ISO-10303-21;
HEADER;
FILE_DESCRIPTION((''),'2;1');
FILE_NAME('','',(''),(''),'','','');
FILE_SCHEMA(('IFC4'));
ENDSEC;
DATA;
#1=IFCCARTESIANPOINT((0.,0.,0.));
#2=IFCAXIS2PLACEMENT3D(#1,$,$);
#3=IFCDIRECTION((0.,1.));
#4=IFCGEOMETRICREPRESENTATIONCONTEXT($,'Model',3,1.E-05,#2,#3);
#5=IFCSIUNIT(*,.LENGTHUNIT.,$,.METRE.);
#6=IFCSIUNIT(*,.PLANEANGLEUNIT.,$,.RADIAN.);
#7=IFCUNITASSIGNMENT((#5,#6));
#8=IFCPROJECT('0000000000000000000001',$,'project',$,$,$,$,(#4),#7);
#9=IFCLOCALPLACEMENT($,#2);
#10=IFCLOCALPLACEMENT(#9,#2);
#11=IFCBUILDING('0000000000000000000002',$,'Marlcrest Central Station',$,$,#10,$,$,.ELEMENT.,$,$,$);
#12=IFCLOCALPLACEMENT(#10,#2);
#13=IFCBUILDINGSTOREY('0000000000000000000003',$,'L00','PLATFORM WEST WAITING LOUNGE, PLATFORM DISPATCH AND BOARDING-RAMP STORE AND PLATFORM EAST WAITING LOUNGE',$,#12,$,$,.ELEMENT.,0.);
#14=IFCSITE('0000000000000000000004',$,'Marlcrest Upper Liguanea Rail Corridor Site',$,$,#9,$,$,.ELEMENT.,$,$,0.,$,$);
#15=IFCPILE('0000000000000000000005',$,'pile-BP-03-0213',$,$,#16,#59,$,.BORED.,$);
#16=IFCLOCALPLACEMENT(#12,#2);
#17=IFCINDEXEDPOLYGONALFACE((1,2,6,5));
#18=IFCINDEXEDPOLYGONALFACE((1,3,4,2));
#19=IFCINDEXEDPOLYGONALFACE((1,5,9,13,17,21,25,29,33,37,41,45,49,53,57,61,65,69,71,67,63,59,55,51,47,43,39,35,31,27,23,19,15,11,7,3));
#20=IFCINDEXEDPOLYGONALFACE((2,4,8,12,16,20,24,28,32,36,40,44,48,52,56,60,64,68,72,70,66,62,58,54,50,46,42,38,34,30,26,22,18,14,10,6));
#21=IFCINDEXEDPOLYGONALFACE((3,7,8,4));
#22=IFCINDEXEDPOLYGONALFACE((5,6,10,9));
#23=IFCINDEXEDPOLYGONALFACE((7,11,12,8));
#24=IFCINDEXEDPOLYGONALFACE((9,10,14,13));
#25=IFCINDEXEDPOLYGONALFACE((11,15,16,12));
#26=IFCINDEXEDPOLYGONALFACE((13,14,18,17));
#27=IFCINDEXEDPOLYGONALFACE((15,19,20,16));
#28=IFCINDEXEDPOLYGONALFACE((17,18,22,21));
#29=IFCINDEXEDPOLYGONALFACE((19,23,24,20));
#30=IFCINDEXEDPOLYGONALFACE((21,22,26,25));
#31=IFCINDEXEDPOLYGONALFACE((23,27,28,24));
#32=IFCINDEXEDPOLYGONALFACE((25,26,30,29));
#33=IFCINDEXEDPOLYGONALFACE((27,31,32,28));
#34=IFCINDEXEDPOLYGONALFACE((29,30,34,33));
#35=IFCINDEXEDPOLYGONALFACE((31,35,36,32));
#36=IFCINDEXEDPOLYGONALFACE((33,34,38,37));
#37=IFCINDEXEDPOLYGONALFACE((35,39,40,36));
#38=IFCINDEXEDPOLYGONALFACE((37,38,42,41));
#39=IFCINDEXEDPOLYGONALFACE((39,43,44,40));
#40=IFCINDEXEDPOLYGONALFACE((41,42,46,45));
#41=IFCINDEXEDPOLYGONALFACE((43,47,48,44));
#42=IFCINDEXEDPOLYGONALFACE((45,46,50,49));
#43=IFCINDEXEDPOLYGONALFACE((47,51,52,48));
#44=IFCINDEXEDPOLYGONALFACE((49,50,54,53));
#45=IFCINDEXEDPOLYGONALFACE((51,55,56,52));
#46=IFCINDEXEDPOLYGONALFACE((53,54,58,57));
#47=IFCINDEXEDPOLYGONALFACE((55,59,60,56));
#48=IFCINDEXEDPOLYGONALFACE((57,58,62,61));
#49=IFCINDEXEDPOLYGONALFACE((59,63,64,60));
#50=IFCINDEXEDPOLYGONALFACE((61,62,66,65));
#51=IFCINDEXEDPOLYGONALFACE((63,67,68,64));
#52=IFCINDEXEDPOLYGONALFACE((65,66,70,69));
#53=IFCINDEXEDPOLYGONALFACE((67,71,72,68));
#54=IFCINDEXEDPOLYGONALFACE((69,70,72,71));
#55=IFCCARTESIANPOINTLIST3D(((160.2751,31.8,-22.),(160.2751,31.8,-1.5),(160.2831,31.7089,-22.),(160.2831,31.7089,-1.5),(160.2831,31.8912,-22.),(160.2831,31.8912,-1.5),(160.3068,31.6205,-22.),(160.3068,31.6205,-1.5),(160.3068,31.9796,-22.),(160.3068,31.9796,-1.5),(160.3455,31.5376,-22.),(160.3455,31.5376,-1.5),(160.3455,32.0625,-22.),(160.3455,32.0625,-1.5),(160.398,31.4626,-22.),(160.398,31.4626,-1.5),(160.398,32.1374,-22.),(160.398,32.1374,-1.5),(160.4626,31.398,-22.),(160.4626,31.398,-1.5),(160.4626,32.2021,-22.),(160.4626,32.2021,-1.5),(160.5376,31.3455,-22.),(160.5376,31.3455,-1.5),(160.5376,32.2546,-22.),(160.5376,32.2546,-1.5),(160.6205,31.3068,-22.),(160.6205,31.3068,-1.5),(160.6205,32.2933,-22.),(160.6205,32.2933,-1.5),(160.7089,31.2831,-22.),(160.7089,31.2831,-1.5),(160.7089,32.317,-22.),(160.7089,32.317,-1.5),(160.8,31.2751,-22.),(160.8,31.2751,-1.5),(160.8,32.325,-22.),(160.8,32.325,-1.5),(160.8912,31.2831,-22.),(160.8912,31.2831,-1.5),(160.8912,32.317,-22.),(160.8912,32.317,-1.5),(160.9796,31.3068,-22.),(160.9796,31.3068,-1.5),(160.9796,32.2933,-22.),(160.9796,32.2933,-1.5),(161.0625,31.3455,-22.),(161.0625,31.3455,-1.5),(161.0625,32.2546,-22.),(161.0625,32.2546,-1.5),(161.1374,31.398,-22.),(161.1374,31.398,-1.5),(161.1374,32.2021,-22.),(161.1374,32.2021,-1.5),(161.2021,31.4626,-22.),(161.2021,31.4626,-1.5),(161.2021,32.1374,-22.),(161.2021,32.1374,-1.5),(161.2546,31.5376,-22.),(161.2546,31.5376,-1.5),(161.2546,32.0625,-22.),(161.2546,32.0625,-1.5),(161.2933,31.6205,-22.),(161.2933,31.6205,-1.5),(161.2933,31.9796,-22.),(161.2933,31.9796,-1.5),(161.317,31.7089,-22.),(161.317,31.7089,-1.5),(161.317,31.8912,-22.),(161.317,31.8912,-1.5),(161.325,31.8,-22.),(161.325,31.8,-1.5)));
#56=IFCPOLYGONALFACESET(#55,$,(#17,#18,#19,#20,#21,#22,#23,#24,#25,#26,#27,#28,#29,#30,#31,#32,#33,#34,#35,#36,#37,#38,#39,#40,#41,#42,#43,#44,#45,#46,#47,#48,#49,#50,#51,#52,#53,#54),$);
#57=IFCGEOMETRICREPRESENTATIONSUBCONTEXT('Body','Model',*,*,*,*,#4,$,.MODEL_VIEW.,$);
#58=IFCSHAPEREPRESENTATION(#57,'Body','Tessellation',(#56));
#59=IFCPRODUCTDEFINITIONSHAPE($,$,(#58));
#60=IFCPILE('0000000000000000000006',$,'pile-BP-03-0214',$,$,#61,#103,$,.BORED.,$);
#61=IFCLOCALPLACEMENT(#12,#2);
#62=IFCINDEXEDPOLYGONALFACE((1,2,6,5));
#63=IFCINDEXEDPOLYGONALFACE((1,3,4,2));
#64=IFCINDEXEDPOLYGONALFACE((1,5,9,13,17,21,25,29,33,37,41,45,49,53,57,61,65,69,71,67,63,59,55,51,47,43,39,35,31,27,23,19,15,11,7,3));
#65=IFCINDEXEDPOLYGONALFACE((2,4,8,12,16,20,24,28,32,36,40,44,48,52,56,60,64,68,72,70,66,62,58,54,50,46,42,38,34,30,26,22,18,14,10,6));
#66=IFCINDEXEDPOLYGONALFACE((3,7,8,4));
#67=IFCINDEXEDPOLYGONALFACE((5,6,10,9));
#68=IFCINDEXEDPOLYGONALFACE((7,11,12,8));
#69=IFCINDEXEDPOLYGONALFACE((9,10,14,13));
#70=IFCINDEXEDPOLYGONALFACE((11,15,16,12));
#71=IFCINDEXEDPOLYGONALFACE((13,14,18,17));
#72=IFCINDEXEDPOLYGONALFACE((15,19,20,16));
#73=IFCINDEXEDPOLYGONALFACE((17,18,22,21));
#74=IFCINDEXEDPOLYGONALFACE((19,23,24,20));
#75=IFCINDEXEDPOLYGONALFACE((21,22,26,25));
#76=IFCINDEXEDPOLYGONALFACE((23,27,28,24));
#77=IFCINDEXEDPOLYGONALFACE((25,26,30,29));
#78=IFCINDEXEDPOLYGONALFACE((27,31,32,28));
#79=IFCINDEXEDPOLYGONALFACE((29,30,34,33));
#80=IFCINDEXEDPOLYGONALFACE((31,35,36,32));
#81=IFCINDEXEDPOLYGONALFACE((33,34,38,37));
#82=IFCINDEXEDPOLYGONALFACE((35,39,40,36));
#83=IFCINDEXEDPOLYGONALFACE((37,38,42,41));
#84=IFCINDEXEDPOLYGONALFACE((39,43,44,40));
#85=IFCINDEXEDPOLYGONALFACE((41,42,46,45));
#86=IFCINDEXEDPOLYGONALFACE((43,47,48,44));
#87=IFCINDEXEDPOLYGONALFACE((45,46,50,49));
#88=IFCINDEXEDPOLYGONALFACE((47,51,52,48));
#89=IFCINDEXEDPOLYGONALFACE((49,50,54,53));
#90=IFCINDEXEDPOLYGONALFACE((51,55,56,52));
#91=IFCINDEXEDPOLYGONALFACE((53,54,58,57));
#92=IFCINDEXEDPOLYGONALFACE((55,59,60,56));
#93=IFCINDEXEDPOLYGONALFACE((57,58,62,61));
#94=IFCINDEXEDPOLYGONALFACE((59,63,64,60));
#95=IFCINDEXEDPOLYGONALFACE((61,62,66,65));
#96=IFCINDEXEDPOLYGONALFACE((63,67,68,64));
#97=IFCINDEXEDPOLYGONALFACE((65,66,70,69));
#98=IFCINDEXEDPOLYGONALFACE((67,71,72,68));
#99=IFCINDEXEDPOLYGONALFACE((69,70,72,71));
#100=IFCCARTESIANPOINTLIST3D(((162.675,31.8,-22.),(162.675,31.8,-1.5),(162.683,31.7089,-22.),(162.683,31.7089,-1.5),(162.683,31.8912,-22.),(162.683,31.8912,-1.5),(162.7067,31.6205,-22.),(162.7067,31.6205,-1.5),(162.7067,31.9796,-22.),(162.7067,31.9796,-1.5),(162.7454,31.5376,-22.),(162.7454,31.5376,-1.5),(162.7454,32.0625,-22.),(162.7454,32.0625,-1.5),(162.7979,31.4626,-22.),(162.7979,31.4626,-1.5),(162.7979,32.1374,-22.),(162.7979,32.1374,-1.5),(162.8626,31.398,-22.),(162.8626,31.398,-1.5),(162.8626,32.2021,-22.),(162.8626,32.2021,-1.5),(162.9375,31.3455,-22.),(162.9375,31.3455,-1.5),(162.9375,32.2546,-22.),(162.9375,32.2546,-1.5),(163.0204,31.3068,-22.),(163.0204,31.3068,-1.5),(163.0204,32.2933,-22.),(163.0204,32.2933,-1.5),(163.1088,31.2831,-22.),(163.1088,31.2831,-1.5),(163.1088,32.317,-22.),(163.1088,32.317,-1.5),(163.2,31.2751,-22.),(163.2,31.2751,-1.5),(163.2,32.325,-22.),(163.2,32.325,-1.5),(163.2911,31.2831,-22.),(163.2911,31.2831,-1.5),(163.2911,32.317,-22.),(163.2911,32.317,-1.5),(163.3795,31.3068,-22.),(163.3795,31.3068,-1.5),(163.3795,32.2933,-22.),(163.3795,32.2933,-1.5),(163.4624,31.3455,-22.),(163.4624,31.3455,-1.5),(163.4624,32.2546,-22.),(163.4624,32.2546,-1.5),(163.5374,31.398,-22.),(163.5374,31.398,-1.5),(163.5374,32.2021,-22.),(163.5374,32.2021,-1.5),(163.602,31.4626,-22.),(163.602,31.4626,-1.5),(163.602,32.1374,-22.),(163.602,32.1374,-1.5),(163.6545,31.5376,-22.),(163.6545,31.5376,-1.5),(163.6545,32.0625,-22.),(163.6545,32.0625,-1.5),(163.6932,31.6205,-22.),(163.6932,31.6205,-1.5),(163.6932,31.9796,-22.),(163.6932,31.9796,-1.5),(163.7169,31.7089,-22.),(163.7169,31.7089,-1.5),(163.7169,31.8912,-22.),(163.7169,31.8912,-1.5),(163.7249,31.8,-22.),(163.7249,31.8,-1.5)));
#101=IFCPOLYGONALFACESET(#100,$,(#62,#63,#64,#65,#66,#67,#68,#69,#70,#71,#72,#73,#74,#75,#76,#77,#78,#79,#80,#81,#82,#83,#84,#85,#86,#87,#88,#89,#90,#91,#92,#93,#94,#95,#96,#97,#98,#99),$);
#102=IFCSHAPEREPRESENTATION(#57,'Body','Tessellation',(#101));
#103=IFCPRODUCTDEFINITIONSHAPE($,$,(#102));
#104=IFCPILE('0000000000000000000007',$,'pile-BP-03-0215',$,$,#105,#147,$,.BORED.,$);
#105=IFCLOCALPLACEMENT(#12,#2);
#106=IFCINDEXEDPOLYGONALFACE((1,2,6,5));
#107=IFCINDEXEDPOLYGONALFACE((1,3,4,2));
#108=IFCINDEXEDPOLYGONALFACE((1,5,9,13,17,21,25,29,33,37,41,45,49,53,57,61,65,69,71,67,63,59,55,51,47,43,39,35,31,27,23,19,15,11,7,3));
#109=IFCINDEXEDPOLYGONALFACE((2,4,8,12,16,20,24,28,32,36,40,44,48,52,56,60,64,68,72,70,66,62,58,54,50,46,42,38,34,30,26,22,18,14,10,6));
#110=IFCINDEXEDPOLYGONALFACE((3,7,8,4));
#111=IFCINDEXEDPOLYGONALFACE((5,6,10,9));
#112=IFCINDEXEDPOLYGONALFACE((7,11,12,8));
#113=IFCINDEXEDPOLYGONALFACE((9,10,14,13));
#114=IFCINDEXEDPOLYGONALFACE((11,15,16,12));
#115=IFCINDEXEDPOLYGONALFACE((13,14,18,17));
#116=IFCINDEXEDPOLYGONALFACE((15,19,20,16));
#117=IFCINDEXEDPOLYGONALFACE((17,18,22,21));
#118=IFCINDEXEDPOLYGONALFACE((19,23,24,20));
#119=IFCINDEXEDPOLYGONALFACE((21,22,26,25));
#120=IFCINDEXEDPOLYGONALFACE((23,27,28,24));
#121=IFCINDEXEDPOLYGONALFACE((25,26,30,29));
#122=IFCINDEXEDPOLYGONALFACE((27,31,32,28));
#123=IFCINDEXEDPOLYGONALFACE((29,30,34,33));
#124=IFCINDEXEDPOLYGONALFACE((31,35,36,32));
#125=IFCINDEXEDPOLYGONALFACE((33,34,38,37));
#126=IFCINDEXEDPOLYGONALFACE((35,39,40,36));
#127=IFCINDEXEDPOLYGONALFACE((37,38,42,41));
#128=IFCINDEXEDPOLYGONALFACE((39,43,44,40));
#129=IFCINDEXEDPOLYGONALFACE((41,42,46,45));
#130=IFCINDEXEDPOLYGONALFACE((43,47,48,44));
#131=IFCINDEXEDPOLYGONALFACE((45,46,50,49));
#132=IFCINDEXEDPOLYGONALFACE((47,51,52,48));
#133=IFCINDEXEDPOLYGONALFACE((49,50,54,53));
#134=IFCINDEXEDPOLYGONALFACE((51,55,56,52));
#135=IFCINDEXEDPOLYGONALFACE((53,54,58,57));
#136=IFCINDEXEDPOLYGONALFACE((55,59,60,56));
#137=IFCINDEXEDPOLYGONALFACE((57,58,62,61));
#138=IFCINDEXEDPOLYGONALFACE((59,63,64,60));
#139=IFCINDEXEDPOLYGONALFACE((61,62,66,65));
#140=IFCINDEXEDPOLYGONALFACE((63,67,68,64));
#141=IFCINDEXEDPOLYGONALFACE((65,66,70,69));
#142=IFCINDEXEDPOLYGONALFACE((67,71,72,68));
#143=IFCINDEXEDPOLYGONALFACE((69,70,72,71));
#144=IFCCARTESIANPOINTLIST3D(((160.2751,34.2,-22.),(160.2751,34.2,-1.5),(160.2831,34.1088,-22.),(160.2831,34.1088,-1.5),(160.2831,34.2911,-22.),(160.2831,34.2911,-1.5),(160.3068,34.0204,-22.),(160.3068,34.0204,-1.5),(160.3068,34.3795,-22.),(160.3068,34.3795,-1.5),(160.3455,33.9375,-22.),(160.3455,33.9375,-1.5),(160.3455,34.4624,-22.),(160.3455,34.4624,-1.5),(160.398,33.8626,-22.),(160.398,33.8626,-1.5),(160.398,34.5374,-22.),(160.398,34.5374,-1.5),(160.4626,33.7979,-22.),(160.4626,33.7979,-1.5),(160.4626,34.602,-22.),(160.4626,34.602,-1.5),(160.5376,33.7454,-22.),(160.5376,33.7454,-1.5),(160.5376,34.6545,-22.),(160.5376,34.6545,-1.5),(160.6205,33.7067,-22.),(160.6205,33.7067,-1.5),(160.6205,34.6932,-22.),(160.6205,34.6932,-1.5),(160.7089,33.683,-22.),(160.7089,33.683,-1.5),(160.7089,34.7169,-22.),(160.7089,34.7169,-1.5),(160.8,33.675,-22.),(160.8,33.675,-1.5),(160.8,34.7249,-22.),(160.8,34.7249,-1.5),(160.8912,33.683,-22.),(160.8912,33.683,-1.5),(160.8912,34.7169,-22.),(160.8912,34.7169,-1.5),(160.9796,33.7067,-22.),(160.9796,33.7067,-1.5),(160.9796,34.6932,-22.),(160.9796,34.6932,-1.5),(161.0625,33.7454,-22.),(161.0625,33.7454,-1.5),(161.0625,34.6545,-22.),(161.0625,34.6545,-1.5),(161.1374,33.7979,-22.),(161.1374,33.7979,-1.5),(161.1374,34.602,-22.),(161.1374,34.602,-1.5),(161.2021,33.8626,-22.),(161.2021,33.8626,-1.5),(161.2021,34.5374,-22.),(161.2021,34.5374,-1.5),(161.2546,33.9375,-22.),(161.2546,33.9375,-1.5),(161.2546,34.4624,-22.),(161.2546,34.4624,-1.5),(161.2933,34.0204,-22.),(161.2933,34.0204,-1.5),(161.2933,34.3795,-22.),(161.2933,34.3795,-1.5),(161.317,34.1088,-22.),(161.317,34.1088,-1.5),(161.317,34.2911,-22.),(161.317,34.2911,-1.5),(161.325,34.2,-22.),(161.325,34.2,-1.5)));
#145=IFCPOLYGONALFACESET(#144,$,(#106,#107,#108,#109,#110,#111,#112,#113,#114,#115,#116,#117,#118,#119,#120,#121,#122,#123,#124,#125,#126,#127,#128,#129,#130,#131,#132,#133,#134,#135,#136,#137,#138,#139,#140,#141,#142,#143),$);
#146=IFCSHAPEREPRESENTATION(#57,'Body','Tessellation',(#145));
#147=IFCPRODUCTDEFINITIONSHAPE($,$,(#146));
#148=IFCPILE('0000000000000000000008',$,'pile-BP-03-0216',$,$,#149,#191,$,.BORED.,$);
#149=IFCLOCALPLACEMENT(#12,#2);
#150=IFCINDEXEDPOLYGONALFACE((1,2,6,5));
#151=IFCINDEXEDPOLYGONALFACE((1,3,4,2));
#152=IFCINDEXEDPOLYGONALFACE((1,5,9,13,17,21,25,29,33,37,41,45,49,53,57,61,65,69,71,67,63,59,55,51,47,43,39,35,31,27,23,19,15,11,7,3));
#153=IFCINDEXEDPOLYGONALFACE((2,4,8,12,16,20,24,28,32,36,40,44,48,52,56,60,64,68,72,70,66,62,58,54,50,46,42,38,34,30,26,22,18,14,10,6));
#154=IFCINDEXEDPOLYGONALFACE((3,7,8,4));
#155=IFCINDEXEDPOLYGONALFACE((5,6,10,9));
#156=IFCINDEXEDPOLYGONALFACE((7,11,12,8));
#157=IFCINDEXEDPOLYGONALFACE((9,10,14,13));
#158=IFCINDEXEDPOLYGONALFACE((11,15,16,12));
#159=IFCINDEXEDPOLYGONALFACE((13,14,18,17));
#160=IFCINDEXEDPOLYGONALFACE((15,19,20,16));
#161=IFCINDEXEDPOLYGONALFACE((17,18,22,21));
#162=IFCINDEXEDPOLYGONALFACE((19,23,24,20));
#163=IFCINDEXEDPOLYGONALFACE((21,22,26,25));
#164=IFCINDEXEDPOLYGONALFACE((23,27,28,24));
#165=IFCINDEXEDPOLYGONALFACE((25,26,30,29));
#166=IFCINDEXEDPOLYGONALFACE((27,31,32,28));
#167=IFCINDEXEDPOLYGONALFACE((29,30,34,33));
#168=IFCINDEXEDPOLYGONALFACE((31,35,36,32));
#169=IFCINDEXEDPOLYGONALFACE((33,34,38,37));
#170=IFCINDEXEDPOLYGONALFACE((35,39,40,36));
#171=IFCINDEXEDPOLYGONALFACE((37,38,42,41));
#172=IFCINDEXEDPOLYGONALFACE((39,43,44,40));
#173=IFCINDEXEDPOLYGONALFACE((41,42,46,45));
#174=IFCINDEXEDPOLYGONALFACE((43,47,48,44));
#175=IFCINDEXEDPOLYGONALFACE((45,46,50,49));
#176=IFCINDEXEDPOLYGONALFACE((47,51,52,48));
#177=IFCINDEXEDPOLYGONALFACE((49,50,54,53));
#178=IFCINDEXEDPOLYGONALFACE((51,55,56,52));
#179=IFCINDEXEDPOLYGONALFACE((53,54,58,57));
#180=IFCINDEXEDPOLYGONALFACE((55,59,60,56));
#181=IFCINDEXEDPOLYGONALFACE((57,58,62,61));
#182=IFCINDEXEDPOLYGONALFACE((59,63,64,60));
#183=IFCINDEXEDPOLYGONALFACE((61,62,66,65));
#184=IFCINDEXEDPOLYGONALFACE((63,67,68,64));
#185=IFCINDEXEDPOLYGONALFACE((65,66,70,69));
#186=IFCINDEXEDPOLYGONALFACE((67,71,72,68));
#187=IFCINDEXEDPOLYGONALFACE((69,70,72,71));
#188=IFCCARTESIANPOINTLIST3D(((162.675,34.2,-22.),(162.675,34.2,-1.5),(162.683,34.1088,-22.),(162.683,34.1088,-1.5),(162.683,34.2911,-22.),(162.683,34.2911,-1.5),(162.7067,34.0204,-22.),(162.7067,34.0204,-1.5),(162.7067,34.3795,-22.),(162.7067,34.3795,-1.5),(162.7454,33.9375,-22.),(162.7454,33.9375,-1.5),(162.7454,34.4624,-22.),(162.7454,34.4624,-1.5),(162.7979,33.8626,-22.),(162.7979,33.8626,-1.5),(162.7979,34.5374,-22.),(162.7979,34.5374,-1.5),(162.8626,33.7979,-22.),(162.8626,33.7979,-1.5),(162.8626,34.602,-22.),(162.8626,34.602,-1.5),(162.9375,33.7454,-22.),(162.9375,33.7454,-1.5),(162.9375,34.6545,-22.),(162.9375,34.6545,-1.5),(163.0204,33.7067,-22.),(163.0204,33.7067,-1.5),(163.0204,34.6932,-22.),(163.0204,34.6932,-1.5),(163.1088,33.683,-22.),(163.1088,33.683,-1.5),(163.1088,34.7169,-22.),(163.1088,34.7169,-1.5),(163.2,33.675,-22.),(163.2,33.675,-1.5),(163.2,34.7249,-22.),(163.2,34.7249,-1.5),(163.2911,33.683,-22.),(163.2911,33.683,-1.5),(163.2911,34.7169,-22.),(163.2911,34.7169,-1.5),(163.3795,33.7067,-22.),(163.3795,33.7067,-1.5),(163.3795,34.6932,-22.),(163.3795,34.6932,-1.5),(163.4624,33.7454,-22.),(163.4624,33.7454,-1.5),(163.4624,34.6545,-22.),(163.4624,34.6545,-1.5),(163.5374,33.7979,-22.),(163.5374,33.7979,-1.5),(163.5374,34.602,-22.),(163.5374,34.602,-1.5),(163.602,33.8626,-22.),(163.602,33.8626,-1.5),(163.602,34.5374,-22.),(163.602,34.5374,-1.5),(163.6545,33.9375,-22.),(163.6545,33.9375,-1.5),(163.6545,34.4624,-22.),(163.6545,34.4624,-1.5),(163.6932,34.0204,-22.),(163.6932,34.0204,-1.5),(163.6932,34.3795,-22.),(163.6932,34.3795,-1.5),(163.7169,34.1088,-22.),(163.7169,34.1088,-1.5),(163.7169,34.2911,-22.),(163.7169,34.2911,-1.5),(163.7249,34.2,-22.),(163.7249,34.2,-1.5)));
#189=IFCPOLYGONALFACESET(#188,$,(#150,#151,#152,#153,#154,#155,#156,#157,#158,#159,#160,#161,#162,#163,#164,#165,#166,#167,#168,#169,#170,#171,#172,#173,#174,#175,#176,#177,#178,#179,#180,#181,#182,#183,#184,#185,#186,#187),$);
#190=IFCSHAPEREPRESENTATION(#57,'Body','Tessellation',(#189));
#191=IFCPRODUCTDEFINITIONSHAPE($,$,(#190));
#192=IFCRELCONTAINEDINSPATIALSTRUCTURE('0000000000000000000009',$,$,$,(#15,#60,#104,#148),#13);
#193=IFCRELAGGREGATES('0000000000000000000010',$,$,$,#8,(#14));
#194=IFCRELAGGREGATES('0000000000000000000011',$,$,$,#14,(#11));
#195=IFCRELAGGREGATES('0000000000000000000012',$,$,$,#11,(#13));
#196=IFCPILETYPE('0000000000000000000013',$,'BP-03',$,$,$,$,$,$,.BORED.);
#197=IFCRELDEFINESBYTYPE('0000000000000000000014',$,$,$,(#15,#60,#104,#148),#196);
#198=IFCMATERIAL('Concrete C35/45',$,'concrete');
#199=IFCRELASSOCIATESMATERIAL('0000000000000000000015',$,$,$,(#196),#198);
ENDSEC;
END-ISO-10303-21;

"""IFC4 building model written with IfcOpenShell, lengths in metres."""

from ifc_helpers import new_model, si_unit, direction, frame, origin, origin_2d, place, context, subcontext, project, spatial, circle, extrude, material, material_profile, profile_set, type_object, element, save


model = new_model("IFC4")

# Units and contexts
model_context = context("Model", 3, precision=1e-05, world=origin(), true_north=direction((0.0, 1.0)))
body_context = subcontext(model_context, "Body", "Model", "MODEL_VIEW")
ifc_project = project(units=[si_unit("LENGTHUNIT", "METRE"), si_unit("PLANEANGLEUNIT", "RADIAN")], contexts=[model_context])

# Site, building, storey
site_placement = place(None, origin())
site = spatial("IfcSite", under=ifc_project, at=site_placement, Name="Marlcrest Upper Liguanea Rail Corridor Site", CompositionType="ELEMENT", RefElevation=0.0)
building_placement = place(site_placement, origin())
building = spatial("IfcBuilding", under=site, at=building_placement, Name="Marlcrest Central Station", CompositionType="ELEMENT")
storey_placement = place(building_placement, origin())
storey = spatial("IfcBuildingStorey", under=building, at=storey_placement, Name="L00", Description="PLATFORM WEST WAITING LOUNGE, PLATFORM DISPATCH AND BOARDING-RAMP STORE AND PLATFORM EAST WAITING LOUNGE", CompositionType="ELEMENT", Elevation=0.0)

# Piles
ifc_material_1 = material(Name="Concrete C35/45", Category="concrete")
ifc_material_profile_1 = material_profile(ifc_material_1, circle(Radius=0.5249, at=origin_2d()), Name="PILE D1050")
ifc_profile_set_1 = profile_set([ifc_material_profile_1], Name="Concrete C35/45")
pile_type = type_object("IfcPileType", Name="BP-03", PredefinedType="BORED", material=ifc_profile_set_1)
for number, where, z_axis, x_axis, name in (
    (1, (160.8, 31.8, -1.5), (0.0, 0.0, -1.0), (1.0, 0.0, 0.0), "pile-BP-03-0213"),
    (2, (163.2, 31.8, -1.5), (0.0, 0.0, -1.0), (1.0, 0.0, 0.0), "pile-BP-03-0214"),
    (3, (160.8, 34.2, -1.5), (0.0, 0.0, -1.0), (1.0, 0.0, 0.0), "pile-BP-03-0215"),
    (4, (163.2, 34.2, -1.5), (0.0, 0.0, -1.0), (1.0, 0.0, 0.0), "pile-BP-03-0216"),
):
    element("IfcPile", number, at=place(storey_placement, frame(where, z_axis=z_axis, x_axis=x_axis)), inside=storey, type_object=pile_type, Name=name, PredefinedType="BORED", context=body_context, shape_type="SweptSolid", body=[
        extrude(circle(Radius=0.5249, at=origin_2d()), origin(), (0.0, 0.0, 1.0), 20.5),
    ])

save(model, "model.ifc")
